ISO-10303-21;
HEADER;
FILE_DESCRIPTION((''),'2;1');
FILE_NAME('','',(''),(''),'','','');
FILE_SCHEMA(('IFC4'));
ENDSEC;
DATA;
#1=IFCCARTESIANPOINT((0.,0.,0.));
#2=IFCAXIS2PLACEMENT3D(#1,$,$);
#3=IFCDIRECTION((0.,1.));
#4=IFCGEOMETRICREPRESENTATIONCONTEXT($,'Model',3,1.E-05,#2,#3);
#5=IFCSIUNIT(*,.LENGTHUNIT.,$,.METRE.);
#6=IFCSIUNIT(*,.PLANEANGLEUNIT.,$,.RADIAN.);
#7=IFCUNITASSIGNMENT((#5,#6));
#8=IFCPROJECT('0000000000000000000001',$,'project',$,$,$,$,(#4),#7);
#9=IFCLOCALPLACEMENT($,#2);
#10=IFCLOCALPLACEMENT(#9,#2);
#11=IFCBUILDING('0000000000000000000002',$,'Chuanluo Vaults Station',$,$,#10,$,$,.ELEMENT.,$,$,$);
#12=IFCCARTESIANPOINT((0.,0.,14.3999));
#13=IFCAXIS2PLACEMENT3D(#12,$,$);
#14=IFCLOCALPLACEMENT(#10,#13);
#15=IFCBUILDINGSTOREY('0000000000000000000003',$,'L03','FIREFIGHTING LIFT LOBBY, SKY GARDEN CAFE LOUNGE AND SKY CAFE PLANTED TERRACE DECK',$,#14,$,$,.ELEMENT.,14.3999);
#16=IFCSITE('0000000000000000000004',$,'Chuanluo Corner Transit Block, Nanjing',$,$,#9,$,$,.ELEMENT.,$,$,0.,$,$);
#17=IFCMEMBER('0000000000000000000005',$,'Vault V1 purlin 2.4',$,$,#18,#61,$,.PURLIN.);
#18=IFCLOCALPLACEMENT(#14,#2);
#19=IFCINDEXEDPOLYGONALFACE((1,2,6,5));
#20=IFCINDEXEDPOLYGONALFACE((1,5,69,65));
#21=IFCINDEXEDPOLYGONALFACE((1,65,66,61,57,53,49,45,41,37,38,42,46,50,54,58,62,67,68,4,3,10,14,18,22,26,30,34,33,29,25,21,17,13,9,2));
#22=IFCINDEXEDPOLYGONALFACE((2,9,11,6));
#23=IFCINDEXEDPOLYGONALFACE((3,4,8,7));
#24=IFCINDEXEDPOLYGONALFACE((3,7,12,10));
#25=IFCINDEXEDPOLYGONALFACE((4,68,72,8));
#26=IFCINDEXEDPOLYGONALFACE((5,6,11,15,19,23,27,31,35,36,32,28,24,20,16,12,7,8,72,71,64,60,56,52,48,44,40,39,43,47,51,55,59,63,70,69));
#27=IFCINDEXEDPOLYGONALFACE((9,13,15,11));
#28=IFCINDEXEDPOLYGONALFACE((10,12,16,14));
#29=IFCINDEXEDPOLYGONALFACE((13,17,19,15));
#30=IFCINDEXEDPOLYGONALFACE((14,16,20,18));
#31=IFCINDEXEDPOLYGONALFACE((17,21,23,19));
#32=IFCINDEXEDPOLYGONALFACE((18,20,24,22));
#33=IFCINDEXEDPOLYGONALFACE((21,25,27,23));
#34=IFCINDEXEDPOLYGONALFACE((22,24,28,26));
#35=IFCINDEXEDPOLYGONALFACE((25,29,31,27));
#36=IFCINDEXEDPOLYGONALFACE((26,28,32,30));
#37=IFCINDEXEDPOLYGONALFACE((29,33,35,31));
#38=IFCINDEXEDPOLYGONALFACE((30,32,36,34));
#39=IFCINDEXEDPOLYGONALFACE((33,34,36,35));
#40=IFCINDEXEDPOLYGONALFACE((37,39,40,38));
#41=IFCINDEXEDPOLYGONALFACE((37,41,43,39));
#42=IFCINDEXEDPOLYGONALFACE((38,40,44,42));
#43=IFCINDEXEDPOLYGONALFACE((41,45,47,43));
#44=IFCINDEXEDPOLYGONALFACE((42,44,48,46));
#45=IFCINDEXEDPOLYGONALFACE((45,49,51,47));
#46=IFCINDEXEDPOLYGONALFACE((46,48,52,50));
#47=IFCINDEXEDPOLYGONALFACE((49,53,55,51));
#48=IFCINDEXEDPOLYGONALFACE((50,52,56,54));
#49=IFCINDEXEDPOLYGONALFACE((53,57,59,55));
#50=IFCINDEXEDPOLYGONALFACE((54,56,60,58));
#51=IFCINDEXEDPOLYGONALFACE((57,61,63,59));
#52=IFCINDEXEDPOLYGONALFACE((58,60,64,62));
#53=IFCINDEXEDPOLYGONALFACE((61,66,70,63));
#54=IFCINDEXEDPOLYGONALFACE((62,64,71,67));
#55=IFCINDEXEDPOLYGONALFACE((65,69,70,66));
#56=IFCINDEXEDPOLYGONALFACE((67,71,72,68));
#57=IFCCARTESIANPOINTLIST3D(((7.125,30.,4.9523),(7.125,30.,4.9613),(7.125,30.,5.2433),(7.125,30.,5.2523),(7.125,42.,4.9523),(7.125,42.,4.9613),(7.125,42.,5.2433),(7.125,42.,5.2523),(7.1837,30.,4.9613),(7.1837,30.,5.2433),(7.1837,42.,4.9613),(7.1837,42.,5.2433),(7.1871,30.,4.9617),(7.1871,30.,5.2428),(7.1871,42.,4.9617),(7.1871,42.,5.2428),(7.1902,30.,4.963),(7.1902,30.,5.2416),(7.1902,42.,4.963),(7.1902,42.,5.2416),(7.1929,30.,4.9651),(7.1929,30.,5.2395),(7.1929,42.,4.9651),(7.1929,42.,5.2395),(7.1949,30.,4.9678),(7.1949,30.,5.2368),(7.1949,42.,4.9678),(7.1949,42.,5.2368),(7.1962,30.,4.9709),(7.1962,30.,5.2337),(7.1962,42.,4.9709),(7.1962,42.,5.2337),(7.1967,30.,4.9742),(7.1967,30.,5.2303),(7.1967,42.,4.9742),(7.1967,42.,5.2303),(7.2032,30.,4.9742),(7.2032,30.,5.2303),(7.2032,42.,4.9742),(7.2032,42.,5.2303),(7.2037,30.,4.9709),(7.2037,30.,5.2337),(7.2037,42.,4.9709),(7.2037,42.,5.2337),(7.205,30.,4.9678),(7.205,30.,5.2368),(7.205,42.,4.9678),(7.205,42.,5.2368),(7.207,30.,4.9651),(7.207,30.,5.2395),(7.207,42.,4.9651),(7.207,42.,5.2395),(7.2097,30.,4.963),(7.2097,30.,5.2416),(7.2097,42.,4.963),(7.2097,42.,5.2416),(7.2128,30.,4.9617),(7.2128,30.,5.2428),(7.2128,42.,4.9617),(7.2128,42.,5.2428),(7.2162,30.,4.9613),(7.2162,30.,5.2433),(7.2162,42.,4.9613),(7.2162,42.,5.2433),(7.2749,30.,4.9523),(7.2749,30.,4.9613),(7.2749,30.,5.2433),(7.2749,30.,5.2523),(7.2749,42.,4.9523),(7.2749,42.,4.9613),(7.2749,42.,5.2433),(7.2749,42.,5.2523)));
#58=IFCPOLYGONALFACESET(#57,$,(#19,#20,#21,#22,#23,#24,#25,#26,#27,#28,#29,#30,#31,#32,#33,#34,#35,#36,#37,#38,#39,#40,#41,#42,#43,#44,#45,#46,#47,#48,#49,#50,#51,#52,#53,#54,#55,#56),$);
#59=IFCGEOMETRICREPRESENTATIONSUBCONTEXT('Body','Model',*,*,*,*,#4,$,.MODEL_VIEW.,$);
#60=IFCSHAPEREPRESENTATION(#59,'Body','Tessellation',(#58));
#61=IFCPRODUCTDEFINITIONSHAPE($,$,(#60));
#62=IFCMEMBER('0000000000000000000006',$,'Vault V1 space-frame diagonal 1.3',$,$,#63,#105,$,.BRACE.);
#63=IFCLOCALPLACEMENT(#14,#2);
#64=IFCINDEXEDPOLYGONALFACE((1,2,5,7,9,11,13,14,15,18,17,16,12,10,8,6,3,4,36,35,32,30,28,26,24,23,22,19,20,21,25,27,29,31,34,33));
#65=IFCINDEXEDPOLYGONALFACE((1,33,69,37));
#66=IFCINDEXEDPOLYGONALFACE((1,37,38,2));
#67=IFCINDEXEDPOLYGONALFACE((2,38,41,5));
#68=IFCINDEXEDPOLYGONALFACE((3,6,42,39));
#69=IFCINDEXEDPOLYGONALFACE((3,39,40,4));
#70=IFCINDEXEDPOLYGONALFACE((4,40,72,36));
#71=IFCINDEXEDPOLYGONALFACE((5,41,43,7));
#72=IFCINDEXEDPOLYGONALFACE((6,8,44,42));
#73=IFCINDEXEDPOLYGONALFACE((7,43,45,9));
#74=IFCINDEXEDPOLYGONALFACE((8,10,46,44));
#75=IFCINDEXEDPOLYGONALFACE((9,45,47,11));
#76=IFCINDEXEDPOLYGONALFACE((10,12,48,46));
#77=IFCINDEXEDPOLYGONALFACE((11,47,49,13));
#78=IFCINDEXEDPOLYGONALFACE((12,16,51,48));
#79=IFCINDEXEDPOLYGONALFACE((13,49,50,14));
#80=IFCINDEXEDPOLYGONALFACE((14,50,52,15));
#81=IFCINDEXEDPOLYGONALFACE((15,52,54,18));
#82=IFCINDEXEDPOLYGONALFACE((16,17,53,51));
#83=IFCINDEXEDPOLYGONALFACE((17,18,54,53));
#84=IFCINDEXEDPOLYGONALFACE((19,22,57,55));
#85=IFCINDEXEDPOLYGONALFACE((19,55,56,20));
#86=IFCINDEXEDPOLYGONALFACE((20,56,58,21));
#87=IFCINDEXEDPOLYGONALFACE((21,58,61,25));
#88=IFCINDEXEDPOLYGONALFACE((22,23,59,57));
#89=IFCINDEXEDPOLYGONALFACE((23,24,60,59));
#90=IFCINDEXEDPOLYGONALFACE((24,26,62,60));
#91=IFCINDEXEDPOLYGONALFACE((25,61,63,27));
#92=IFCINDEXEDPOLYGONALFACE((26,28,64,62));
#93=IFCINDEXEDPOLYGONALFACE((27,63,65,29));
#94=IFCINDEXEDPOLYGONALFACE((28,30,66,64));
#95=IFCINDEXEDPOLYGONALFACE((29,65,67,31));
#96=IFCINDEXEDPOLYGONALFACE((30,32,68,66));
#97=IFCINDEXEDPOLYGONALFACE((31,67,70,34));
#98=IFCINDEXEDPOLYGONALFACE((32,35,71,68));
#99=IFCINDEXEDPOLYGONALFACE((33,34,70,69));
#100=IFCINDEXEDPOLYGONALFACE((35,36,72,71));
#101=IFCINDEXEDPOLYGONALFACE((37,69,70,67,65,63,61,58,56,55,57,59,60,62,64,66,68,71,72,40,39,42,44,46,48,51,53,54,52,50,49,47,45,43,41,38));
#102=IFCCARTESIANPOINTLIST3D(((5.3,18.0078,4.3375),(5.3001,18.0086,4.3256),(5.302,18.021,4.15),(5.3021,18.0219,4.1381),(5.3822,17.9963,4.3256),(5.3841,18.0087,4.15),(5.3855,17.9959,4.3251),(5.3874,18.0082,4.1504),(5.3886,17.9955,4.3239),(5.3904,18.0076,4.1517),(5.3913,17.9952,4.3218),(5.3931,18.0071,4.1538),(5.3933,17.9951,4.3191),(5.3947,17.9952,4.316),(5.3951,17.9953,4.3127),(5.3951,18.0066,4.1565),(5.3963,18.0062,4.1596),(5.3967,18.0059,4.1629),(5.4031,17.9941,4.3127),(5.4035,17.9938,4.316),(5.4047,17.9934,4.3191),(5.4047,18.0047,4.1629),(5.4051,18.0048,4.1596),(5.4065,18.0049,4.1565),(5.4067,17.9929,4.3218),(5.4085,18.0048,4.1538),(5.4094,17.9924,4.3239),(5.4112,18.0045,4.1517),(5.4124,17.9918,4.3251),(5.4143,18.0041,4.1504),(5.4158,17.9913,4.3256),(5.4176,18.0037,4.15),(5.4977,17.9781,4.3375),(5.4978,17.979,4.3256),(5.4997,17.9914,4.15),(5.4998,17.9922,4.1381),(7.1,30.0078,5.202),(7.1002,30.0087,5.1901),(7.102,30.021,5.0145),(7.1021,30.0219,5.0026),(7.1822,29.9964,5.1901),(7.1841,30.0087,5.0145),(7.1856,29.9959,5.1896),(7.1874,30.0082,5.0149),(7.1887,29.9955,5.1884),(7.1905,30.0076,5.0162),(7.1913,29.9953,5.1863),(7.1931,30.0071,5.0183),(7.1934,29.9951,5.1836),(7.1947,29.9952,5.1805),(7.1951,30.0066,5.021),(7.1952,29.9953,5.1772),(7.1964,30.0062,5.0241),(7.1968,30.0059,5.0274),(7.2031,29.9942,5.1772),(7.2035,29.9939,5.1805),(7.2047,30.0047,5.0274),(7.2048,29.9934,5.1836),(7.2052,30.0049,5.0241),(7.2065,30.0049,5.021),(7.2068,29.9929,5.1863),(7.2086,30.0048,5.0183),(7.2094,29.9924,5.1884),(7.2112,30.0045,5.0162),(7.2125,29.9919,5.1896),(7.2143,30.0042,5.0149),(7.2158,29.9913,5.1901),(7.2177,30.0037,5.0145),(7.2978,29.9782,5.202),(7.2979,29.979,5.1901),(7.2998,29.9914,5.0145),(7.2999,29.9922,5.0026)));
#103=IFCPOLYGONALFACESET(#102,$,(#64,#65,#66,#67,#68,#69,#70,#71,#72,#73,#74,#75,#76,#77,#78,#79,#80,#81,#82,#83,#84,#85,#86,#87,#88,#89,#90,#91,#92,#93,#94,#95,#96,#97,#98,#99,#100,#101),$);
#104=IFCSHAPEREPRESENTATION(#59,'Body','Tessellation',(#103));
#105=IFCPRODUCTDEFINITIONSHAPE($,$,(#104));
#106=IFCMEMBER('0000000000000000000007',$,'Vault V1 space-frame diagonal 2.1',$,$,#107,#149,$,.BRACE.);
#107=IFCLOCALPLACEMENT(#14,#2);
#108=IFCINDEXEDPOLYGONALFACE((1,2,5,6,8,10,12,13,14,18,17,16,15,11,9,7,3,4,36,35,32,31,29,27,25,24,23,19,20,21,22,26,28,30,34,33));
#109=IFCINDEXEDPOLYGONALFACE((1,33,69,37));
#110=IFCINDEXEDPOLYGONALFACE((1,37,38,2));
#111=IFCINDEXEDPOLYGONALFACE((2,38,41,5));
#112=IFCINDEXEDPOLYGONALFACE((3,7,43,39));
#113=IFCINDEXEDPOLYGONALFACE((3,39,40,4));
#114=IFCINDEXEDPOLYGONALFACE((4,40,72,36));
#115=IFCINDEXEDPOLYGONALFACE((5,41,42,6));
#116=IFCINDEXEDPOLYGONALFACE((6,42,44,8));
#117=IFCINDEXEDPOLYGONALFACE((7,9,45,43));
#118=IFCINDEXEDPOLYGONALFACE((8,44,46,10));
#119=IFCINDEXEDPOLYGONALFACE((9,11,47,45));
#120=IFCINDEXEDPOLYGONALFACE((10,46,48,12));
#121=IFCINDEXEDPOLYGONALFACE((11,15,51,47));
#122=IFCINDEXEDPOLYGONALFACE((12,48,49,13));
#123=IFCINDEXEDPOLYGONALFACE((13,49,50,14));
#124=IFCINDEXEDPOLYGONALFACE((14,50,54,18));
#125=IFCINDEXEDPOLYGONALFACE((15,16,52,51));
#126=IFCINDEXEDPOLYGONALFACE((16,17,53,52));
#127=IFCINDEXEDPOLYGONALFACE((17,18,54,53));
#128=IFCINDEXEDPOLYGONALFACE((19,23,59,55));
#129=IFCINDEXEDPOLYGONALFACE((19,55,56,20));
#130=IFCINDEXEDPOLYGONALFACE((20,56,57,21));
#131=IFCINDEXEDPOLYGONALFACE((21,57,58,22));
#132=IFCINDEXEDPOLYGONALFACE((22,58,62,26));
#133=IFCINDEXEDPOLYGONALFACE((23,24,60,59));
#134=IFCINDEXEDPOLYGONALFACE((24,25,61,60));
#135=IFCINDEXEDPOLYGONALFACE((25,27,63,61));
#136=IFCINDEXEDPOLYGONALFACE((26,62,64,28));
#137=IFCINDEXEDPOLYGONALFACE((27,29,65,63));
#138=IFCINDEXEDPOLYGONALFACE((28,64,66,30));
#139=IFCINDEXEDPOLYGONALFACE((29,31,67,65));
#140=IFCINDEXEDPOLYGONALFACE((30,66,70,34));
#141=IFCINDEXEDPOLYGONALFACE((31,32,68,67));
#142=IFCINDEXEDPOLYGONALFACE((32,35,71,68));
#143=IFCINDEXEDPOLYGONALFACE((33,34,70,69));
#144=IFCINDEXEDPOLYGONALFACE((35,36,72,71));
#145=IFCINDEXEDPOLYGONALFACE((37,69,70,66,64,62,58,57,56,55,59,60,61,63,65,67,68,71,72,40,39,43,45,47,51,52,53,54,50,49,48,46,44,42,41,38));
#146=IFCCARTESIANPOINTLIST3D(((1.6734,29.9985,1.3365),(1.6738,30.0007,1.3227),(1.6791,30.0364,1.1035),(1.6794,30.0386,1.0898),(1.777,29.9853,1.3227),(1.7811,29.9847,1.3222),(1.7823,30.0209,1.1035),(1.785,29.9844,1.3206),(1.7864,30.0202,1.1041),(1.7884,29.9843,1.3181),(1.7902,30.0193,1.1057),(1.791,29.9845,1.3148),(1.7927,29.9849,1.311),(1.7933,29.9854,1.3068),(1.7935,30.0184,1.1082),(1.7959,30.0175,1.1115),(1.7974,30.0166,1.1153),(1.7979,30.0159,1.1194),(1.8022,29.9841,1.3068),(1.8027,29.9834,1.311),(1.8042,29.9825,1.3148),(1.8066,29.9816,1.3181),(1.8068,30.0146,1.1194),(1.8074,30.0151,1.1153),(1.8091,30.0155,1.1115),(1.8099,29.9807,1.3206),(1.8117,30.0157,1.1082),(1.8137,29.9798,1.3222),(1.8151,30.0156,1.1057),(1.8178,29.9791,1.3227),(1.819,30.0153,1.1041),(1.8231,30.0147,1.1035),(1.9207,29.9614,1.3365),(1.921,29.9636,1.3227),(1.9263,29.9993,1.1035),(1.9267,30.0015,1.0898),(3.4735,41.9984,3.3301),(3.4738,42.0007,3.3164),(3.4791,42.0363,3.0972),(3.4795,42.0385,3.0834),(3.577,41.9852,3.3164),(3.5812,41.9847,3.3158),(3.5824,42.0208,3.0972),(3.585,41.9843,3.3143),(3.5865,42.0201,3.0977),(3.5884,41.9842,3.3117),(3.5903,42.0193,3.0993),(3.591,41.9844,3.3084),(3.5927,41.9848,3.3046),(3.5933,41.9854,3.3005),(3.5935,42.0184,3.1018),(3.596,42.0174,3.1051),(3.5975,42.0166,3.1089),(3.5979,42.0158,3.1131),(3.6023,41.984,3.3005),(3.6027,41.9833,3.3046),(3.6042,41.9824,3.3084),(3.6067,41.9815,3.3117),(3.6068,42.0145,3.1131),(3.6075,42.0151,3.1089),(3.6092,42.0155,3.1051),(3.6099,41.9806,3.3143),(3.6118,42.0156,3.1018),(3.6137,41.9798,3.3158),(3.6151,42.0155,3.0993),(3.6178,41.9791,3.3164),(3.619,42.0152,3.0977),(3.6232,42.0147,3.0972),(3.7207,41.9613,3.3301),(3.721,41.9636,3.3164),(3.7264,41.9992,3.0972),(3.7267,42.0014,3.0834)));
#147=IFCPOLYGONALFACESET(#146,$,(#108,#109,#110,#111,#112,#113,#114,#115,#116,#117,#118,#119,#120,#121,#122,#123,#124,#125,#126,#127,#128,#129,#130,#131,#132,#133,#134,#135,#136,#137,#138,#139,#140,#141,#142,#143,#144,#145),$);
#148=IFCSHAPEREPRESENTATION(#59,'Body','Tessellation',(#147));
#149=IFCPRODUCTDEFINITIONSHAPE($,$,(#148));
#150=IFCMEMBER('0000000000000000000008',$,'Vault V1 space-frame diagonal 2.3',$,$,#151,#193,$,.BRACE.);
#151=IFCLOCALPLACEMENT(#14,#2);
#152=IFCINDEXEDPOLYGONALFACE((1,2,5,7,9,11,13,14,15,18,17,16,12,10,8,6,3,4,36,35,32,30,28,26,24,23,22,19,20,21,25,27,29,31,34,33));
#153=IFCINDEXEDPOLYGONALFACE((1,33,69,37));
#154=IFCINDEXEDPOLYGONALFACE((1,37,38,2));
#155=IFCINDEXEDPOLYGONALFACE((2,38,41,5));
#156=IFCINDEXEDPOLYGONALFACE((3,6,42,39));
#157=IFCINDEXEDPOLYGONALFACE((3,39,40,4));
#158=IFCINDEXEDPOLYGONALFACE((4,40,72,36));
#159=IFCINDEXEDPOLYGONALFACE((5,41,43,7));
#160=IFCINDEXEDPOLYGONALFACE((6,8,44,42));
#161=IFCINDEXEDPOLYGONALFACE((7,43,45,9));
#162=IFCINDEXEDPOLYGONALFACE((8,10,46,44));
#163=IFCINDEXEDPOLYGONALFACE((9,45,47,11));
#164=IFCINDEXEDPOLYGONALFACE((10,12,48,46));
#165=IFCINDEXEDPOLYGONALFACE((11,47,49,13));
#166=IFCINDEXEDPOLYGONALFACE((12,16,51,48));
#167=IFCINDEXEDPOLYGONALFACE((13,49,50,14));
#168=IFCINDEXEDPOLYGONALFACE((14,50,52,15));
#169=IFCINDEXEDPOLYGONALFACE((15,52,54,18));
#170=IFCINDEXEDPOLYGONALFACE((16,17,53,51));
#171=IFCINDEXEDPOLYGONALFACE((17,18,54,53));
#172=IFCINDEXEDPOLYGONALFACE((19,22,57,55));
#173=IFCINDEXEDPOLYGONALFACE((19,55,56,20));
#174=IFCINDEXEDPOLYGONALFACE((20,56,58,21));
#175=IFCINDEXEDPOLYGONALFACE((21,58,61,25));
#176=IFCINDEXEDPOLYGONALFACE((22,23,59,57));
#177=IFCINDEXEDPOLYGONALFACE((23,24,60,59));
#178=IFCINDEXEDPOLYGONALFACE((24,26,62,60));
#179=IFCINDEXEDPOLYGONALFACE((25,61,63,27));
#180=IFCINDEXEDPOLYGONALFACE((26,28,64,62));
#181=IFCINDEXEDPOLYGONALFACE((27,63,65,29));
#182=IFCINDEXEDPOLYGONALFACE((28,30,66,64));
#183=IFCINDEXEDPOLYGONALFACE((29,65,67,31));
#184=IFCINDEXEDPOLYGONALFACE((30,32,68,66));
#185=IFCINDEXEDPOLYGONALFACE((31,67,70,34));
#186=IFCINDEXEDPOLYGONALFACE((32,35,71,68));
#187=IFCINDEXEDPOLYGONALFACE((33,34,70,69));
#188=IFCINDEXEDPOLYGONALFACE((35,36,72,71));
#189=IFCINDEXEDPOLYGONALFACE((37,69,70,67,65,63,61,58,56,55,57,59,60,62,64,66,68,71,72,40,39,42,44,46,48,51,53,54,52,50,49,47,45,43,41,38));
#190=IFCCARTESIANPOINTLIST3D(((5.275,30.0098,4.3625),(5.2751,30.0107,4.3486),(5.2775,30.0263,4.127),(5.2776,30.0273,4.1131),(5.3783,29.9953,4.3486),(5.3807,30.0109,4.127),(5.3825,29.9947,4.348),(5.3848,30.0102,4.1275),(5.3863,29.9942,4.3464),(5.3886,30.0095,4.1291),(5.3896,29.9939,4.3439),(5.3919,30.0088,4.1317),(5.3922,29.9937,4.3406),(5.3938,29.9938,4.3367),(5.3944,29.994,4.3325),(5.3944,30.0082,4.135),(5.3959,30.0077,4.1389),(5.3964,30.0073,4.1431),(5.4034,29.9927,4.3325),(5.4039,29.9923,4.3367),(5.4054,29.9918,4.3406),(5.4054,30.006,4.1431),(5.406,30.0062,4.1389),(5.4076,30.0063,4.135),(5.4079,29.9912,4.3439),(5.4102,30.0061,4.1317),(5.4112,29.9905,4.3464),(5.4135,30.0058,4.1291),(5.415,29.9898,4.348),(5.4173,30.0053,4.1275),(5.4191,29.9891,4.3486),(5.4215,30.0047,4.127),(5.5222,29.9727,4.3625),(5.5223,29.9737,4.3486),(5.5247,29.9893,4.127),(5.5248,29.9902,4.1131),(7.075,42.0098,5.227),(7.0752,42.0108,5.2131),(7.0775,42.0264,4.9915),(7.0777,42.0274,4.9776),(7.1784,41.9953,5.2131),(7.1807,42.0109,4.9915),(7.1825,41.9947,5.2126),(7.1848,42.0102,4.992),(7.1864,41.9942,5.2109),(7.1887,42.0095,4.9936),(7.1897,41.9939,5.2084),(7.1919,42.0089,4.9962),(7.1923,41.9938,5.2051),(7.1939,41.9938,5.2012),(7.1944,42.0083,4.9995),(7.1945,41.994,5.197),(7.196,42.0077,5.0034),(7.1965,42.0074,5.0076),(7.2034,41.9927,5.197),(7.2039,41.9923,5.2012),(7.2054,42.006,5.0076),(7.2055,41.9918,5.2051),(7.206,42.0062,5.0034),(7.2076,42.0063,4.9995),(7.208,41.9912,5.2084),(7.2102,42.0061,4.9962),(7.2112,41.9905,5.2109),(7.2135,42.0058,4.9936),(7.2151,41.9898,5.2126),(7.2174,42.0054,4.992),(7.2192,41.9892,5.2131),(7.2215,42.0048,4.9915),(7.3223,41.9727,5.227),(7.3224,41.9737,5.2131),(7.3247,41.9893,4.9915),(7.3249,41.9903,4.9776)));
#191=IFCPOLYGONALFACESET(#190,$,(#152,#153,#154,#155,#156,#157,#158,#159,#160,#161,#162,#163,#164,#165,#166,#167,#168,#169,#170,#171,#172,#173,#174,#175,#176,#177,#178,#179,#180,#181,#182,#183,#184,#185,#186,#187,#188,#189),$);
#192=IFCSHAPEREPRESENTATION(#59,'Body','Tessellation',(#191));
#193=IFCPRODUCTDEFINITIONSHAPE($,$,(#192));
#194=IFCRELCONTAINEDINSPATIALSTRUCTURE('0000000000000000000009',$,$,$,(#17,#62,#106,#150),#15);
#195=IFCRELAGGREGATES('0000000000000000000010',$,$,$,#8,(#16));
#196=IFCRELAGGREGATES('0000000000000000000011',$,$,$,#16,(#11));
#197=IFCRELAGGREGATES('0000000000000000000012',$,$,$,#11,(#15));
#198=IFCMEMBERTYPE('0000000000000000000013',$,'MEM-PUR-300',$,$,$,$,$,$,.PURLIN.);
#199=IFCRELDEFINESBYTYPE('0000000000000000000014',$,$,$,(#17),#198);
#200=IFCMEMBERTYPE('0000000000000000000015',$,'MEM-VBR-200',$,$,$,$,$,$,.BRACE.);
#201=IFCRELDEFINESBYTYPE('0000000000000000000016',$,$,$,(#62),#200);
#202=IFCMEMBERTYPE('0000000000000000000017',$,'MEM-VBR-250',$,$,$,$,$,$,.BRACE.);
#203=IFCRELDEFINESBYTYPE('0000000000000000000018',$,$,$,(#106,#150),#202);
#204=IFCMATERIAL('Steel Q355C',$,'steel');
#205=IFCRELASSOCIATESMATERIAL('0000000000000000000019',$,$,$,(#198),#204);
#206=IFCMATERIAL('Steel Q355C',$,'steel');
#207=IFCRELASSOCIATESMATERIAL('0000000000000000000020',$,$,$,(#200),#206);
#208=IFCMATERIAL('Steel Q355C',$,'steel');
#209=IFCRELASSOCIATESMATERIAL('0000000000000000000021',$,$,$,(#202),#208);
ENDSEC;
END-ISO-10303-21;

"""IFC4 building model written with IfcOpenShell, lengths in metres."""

from ifc_helpers import new_model, si_unit, direction, frame, origin, origin_2d, place, context, subcontext, project, spatial, i_section, extrude, material, material_profile, profile_set, type_object, element, save


model = new_model("IFC4")

# Units and contexts
model_context = context("Model", 3, precision=1e-05, world=origin(), true_north=direction((0.0, 1.0)))
body_context = subcontext(model_context, "Body", "Model", "MODEL_VIEW")
ifc_project = project(units=[si_unit("LENGTHUNIT", "METRE"), si_unit("PLANEANGLEUNIT", "RADIAN")], contexts=[model_context])

# Site, building, storey
site_placement = place(None, origin())
site = spatial("IfcSite", under=ifc_project, at=site_placement, Name="Chuanluo Corner Transit Block, Nanjing", CompositionType="ELEMENT", RefElevation=0.0)
building_placement = place(site_placement, origin())
building = spatial("IfcBuilding", under=site, at=building_placement, Name="Chuanluo Vaults Station", CompositionType="ELEMENT")
storey_placement = place(building_placement, frame((0.0, 0.0, 14.3999)))
storey = spatial("IfcBuildingStorey", under=building, at=storey_placement, Name="L03", Description="FIREFIGHTING LIFT LOBBY, SKY GARDEN CAFE LOUNGE AND SKY CAFE PLANTED TERRACE DECK", CompositionType="ELEMENT", Elevation=14.3999)

# Members
ifc_material_1 = material(Name="Steel Q355C", Category="steel")
ifc_material_profile_1 = material_profile(ifc_material_1, i_section(OverallWidth=0.1499, OverallDepth=0.3, WebThickness=0.0066, FlangeThickness=0.009, FilletRadius=0.0129, at=origin_2d()))
ifc_profile_set_1 = profile_set([ifc_material_profile_1], Name="Steel Q355C")
member_type_1 = type_object("IfcMemberType", Name="MEM-PUR-300", PredefinedType="PURLIN", material=ifc_profile_set_1)
for number, where, z_axis, x_axis, name in (
    (1, (7.2, 30.0, 5.1023), (0.0, 1.0, 0.0), (-1.0, 0.0, 0.0), "Vault V1 purlin 2.4"),
):
    element("IfcMember", number, at=place(storey_placement, frame(where, z_axis=z_axis, x_axis=x_axis)), inside=storey, type_object=member_type_1, Name=name, PredefinedType="PURLIN", context=body_context, shape_type="SweptSolid", body=[
        extrude(i_section(OverallWidth=0.1499, OverallDepth=0.3, WebThickness=0.0066, FlangeThickness=0.009, FilletRadius=0.0129, at=origin_2d()), origin(), (0.0, 0.0, 1.0), 12.0),
    ])
ifc_material_2 = material(Name="Steel Q355C", Category="steel")
ifc_material_profile_2 = material_profile(ifc_material_2, i_section(OverallWidth=0.2, OverallDepth=0.2, WebThickness=0.0081, FlangeThickness=0.012, FilletRadius=0.0129, at=origin_2d()))
ifc_profile_set_2 = profile_set([ifc_material_profile_2], Name="Steel Q355C")
member_type_2 = type_object("IfcMemberType", Name="MEM-VBR-200", PredefinedType="BRACE", material=ifc_profile_set_2)
member_1_placement = place(storey_placement, frame((5.3999, 18.0, 4.2378), z_axis=(0.147969, 0.986435, 0.071065), x_axis=(-0.988936, 0.148344, 0.0)))
element("IfcMember", 2, at=member_1_placement, inside=storey, type_object=member_type_2, Name="Vault V1 space-frame diagonal 1.3", PredefinedType="BRACE", context=body_context, shape_type="SweptSolid", body=[
    extrude(i_section(OverallWidth=0.2, OverallDepth=0.2, WebThickness=0.0081, FlangeThickness=0.012, FilletRadius=0.0129, at=origin_2d()), origin(), (0.0, 0.0, 1.0), 12.165),
])
ifc_material_3 = material(Name="Steel Q355C", Category="steel")
ifc_material_profile_3 = material_profile(ifc_material_3, i_section(OverallWidth=0.25, OverallDepth=0.25, WebThickness=0.009, FlangeThickness=0.0139, FilletRadius=0.0161, at=origin_2d()))
ifc_profile_set_3 = profile_set([ifc_material_profile_3], Name="Steel Q355C")
member_type_3 = type_object("IfcMemberType", Name="MEM-VBR-250", PredefinedType="BRACE", material=ifc_profile_set_3)
member_2_placement = place(storey_placement, frame((1.8, 30.0, 1.2131), z_axis=(0.146382, 0.975852, 0.162126), x_axis=(-0.988936, 0.148344, 0.0)))
element("IfcMember", 3, at=member_2_placement, inside=storey, type_object=member_type_3, Name="Vault V1 space-frame diagonal 2.1", PredefinedType="BRACE", context=body_context, shape_type="SweptSolid", body=[
    extrude(i_section(OverallWidth=0.25, OverallDepth=0.25, WebThickness=0.009, FlangeThickness=0.0139, FilletRadius=0.0161, at=origin_2d()), origin(), (0.0, 0.0, 1.0), 12.2969),
])
member_3_placement = place(storey_placement, frame((5.3999, 30.0, 4.2378), z_axis=(0.147969, 0.986435, 0.071065), x_axis=(-0.988936, 0.148344, 0.0)))
element("IfcMember", 4, at=member_3_placement, inside=storey, type_object=member_type_3, Name="Vault V1 space-frame diagonal 2.3", PredefinedType="BRACE", context=body_context, shape_type="SweptSolid", body=[
    extrude(i_section(OverallWidth=0.25, OverallDepth=0.25, WebThickness=0.009, FlangeThickness=0.0139, FilletRadius=0.0161, at=origin_2d()), origin(), (0.0, 0.0, 1.0), 12.165),
])

save(model, "model.ifc")
